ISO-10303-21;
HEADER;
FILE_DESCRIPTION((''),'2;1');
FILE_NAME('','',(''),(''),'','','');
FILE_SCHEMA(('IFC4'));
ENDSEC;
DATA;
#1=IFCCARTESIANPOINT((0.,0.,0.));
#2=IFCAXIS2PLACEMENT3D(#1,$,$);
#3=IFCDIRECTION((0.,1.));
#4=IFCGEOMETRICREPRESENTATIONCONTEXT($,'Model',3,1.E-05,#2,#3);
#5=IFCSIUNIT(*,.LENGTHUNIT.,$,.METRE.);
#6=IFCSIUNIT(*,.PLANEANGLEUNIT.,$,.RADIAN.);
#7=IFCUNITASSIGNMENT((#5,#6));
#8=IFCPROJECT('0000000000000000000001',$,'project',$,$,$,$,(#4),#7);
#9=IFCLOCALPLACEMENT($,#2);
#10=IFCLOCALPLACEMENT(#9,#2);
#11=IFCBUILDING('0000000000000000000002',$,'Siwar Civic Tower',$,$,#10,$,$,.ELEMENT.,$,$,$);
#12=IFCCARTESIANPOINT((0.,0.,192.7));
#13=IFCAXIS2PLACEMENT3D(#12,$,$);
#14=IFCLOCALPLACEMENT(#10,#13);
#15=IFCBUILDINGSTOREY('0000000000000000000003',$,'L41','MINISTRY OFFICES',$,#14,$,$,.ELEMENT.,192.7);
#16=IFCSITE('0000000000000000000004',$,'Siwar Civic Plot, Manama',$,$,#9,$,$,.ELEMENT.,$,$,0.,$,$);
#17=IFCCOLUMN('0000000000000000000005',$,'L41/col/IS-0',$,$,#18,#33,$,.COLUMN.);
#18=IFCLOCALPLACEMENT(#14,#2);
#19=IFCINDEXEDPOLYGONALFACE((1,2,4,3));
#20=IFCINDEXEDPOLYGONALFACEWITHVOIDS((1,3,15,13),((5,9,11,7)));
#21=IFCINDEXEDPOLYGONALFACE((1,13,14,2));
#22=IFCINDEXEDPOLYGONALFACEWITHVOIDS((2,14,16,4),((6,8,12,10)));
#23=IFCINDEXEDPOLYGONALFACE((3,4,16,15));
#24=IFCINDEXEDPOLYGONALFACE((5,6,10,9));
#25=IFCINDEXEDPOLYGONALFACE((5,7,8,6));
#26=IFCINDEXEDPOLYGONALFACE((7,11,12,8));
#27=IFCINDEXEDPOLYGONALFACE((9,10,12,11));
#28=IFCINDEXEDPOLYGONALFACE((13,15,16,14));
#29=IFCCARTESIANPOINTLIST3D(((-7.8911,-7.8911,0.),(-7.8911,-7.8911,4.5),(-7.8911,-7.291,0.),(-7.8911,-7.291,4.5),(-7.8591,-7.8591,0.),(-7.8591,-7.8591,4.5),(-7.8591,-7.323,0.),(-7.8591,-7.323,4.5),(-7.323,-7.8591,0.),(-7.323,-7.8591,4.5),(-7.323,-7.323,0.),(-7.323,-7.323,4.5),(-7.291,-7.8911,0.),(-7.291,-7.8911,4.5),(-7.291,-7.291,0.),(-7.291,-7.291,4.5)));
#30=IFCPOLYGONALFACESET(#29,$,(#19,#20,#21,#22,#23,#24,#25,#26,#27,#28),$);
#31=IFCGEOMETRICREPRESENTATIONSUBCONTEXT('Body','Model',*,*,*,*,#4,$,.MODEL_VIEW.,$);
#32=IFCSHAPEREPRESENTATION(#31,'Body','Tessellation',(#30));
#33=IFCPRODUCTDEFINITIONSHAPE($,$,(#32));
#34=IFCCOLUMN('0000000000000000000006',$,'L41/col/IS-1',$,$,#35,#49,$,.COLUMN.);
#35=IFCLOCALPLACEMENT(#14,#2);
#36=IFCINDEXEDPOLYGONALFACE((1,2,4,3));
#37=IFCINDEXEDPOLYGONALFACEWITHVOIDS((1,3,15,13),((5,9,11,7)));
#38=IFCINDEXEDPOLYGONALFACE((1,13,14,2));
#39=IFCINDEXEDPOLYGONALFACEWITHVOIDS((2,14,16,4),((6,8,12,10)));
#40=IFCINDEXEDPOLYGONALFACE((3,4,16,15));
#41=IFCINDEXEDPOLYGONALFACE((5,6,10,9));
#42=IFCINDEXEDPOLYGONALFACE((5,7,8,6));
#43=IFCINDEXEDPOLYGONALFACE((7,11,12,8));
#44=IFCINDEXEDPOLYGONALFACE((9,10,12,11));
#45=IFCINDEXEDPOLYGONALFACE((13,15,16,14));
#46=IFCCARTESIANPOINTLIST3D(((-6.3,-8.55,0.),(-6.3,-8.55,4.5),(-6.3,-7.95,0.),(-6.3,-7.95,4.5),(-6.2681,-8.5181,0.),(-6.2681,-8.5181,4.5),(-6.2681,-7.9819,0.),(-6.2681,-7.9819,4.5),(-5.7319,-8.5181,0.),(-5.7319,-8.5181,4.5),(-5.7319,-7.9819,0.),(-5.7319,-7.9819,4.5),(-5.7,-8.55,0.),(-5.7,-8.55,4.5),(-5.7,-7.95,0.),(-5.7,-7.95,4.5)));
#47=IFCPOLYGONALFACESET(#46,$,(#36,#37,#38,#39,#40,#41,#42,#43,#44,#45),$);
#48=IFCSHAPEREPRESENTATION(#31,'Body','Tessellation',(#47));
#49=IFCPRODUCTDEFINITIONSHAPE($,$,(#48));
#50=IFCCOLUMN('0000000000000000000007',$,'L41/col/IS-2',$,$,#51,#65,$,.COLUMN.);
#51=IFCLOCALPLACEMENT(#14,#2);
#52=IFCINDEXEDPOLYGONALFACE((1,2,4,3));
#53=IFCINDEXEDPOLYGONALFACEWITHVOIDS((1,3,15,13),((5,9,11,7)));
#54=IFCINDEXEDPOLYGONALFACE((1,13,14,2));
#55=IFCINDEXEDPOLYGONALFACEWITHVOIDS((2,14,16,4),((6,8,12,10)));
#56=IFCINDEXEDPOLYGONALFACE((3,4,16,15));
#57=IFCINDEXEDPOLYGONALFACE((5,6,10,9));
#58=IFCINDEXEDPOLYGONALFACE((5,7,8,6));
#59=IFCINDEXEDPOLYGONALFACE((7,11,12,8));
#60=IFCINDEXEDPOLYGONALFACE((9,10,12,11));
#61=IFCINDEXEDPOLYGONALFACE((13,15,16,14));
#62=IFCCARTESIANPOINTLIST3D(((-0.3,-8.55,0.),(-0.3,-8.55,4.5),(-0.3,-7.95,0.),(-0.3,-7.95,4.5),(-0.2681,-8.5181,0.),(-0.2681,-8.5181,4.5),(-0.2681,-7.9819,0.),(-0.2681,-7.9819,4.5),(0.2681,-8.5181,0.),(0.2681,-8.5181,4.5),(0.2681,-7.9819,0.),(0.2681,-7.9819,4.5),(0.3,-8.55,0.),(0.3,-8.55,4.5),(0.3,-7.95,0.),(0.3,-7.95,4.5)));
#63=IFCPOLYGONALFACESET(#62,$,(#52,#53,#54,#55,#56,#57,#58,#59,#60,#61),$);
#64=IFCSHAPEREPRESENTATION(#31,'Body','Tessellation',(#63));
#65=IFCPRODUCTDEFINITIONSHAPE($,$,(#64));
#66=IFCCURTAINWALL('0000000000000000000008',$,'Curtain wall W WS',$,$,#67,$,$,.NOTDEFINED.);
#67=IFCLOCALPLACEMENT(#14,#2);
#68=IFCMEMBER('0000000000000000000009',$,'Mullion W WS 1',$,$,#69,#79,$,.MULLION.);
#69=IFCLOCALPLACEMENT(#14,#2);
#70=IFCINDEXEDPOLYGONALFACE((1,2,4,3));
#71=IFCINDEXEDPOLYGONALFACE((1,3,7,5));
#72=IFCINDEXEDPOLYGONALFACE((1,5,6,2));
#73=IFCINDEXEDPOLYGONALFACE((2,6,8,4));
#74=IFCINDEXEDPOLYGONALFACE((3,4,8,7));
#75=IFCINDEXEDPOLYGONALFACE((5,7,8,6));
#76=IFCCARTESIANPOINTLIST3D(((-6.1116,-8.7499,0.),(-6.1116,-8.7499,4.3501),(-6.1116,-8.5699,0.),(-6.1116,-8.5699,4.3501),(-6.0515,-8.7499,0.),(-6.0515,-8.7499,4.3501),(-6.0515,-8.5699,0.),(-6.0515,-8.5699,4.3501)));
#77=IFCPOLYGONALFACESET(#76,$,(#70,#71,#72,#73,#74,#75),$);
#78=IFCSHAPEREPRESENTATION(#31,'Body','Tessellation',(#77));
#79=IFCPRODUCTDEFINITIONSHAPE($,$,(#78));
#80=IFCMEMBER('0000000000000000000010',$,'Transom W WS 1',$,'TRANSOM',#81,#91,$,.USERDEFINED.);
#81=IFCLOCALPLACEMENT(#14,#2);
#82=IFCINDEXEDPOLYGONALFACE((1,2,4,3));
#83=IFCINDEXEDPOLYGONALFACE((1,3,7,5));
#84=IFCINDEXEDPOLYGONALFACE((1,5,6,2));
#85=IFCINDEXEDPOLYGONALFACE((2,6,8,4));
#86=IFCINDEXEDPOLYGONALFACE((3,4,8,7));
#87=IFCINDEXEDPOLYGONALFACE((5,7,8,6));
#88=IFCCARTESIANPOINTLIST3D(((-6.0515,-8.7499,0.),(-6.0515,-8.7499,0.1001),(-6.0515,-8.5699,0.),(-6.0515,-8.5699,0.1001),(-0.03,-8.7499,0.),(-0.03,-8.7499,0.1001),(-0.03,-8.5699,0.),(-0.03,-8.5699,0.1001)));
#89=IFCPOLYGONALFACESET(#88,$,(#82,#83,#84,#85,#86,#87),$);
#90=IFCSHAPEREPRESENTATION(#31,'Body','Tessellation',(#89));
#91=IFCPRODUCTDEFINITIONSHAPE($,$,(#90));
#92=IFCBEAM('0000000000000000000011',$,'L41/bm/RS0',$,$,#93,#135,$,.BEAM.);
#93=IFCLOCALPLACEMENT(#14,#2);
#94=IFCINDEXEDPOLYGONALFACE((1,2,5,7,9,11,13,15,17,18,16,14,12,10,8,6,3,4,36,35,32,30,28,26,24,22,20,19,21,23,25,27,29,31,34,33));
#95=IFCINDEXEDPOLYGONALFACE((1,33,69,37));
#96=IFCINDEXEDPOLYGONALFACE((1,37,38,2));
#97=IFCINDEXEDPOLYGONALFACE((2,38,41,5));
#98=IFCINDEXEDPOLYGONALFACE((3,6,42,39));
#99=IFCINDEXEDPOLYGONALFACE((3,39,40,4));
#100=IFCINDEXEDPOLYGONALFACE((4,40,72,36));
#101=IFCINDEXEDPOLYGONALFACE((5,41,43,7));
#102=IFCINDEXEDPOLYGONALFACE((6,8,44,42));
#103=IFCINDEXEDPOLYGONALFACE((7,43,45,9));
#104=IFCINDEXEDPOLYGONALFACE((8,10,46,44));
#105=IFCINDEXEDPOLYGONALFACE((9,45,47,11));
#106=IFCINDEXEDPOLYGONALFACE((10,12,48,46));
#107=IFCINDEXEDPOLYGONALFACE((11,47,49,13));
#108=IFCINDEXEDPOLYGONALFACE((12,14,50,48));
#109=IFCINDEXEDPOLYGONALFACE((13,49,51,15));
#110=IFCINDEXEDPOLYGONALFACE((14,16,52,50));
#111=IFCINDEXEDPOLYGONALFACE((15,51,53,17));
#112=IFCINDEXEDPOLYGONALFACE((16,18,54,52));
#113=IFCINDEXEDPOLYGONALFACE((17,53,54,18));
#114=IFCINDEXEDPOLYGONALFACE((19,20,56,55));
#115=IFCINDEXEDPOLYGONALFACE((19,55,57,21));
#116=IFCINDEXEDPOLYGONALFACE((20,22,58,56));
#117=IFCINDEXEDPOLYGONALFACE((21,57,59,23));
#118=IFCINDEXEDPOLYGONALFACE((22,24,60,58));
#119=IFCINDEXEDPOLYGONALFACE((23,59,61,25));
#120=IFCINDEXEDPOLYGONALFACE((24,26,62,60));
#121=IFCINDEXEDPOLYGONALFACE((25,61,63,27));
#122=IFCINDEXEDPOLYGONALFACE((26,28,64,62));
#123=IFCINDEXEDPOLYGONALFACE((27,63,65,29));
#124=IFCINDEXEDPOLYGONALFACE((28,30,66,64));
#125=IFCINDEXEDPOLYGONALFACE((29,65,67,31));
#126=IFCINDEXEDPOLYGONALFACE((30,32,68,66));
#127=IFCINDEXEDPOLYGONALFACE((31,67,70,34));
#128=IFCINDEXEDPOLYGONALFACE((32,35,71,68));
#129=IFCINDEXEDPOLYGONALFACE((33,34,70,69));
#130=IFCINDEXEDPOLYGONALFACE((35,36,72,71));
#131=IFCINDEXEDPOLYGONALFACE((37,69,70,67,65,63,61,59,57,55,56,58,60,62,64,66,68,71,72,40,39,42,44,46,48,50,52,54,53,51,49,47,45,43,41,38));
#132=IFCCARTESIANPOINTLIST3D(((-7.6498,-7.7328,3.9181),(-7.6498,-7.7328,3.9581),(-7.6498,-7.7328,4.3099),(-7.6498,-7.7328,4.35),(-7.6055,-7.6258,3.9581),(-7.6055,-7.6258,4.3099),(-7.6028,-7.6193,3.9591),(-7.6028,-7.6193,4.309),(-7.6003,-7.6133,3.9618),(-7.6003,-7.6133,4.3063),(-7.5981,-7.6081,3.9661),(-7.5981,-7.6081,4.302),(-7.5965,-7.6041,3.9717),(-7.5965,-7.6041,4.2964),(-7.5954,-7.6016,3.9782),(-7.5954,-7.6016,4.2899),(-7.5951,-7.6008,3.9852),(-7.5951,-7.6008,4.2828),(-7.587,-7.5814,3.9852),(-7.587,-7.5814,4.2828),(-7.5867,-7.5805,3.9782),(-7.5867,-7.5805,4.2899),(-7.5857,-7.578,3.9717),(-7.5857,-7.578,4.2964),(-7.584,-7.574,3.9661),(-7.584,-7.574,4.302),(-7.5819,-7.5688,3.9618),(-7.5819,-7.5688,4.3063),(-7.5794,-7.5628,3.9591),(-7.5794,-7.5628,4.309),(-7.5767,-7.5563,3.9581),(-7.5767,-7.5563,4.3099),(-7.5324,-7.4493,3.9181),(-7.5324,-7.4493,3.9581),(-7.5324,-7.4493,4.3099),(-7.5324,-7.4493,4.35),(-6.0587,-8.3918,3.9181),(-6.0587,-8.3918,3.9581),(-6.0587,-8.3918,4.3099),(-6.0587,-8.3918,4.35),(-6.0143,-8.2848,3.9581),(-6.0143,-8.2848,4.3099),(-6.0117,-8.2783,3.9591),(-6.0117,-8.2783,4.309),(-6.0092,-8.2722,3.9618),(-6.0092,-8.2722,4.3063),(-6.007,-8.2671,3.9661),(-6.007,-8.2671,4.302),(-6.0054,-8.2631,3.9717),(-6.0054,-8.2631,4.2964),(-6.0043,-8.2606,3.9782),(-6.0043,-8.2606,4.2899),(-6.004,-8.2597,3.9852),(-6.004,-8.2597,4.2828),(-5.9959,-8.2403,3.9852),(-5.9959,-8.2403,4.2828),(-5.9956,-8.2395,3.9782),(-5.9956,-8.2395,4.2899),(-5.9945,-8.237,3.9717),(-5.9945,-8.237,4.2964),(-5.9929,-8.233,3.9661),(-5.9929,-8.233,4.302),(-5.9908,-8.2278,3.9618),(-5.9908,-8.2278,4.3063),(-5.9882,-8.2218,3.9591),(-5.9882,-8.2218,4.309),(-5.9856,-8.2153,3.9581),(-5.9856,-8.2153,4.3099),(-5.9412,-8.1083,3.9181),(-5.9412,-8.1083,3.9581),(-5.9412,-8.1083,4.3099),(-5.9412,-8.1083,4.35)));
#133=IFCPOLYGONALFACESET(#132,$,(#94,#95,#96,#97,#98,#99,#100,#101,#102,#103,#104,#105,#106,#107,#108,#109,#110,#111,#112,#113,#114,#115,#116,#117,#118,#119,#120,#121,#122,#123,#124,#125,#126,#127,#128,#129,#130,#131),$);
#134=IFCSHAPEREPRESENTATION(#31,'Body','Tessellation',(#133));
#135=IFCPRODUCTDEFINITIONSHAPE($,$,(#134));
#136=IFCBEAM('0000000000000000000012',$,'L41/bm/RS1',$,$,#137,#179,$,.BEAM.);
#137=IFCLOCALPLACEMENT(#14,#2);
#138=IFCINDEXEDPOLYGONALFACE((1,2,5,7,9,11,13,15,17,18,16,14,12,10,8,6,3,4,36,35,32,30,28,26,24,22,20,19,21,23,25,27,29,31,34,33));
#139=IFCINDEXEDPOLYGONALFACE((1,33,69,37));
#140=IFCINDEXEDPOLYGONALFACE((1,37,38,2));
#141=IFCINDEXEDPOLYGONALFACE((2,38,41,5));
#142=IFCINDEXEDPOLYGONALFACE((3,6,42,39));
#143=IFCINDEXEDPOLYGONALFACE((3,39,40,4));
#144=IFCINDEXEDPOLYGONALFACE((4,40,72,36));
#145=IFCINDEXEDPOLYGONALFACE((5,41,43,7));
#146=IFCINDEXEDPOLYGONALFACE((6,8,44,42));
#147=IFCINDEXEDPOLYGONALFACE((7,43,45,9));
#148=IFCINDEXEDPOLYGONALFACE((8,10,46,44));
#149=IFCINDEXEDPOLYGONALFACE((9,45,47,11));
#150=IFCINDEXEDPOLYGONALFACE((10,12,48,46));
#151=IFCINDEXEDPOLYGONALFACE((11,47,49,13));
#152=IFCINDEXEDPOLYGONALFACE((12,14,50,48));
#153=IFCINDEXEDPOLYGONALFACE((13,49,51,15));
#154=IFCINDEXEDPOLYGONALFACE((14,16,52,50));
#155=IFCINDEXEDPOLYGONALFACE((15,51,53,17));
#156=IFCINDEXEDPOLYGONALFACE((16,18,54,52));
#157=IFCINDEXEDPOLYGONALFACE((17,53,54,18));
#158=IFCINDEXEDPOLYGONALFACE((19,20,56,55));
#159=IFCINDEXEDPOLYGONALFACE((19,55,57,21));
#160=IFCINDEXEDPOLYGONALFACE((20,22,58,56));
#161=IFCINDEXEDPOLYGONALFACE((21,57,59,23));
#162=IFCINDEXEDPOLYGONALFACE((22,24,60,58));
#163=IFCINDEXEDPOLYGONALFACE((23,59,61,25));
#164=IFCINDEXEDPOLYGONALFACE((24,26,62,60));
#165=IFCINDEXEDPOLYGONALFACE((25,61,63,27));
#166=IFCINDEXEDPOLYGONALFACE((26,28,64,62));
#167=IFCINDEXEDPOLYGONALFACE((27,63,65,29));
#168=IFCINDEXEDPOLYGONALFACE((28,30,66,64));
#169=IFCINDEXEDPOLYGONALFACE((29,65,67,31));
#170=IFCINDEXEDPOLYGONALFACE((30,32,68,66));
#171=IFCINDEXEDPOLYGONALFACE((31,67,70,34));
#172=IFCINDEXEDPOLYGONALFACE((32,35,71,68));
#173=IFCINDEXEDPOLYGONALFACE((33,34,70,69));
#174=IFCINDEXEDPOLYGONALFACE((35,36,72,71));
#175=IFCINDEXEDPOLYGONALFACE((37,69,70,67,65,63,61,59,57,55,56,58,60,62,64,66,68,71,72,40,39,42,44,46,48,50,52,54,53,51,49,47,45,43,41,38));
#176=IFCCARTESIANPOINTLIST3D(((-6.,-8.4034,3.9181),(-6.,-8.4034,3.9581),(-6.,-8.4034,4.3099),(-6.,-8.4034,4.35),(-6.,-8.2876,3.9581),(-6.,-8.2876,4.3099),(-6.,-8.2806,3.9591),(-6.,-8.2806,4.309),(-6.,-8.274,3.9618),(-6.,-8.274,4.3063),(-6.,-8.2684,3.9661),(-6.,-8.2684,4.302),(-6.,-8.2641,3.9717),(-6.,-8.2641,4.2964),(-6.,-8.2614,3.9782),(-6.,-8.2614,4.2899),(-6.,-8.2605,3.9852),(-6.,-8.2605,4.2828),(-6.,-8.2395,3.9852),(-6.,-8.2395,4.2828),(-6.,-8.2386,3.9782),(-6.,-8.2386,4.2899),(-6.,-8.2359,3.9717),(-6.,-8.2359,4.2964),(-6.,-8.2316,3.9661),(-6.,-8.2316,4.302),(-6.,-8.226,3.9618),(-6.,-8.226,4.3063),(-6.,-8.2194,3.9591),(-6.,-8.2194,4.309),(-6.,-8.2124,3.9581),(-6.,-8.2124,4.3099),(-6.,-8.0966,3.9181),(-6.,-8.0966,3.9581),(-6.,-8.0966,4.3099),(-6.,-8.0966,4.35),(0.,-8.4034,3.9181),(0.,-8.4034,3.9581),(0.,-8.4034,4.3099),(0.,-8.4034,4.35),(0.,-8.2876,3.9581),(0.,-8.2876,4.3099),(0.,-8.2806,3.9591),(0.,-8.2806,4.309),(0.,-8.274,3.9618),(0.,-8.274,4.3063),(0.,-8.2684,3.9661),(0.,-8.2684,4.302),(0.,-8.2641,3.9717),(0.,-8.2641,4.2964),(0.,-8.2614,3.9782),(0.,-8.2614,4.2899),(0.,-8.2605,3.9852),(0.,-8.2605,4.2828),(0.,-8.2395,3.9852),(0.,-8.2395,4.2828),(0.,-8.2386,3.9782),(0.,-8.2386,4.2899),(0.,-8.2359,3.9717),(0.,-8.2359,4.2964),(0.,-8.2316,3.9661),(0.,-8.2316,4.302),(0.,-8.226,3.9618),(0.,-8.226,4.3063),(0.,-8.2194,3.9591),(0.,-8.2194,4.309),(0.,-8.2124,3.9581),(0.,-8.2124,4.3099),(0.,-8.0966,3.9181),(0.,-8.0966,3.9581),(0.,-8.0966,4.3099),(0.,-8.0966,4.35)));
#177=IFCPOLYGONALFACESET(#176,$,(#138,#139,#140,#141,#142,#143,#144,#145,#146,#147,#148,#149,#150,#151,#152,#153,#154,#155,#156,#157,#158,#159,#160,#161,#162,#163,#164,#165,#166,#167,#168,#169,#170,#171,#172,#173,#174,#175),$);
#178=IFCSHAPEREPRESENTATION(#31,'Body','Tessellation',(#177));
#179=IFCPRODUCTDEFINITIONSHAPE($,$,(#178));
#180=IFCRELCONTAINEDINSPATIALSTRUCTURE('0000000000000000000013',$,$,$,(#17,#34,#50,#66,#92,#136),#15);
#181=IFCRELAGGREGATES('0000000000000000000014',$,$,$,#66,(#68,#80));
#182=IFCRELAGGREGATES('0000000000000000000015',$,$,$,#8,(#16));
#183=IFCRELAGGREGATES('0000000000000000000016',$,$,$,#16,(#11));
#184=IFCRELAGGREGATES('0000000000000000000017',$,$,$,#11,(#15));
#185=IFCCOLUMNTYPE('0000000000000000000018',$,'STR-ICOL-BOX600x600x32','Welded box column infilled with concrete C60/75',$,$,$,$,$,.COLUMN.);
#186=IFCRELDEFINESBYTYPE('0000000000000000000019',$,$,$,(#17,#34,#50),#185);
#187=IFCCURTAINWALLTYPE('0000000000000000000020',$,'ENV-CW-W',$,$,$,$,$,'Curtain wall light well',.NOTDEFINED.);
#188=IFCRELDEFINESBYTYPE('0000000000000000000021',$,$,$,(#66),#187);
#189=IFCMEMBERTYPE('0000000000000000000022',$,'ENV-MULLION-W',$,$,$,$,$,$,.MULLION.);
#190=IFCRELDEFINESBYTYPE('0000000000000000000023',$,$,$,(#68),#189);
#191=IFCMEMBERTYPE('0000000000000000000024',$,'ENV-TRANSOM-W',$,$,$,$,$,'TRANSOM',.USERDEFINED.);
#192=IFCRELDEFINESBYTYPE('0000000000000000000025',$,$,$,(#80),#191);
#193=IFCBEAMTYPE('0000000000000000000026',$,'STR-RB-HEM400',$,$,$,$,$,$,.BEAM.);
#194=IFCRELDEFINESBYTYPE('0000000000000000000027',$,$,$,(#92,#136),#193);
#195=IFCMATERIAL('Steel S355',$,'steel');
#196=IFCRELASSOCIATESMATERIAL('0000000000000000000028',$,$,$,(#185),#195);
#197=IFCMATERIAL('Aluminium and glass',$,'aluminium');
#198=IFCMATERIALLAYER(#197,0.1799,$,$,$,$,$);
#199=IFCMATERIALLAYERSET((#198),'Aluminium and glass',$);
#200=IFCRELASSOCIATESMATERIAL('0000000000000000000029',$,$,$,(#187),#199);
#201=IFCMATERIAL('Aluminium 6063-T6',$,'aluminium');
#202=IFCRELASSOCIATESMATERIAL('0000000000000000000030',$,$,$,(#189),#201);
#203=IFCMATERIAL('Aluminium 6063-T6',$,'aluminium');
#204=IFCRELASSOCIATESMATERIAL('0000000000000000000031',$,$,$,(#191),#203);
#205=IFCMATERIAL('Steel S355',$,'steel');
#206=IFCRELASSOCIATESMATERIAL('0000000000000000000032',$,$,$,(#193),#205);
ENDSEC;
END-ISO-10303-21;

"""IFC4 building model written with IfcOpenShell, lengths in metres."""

from ifc_helpers import new_model, si_unit, direction, frame, origin, origin_2d, place, context, subcontext, project, spatial, rectangle, hollow_rectangle, i_section, extrude, material, layer, layer_set, material_profile, profile_set, type_object, element, aggregate, save


model = new_model("IFC4")

# Units and contexts
model_context = context("Model", 3, precision=1e-05, world=origin(), true_north=direction((0.0, 1.0)))
body_context = subcontext(model_context, "Body", "Model", "MODEL_VIEW")
ifc_project = project(units=[si_unit("LENGTHUNIT", "METRE"), si_unit("PLANEANGLEUNIT", "RADIAN")], contexts=[model_context])

# Site, building, storey
site_placement = place(None, origin())
site = spatial("IfcSite", under=ifc_project, at=site_placement, Name="Siwar Civic Plot, Manama", CompositionType="ELEMENT", RefElevation=0.0)
building_placement = place(site_placement, origin())
building = spatial("IfcBuilding", under=site, at=building_placement, Name="Siwar Civic Tower", CompositionType="ELEMENT")
storey_placement = place(building_placement, frame((0.0, 0.0, 192.7)))
storey = spatial("IfcBuildingStorey", under=building, at=storey_placement, Name="L41", Description="MINISTRY OFFICES", CompositionType="ELEMENT", Elevation=192.7)

# Columns
ifc_material_1 = material(Name="Steel S355", Category="steel")
ifc_material_profile_1 = material_profile(ifc_material_1, hollow_rectangle(XDim=0.6001, YDim=0.6001, WallThickness=0.032, at=origin_2d()), Name="BOX600x600x32")
ifc_profile_set_1 = profile_set([ifc_material_profile_1], Name="Steel S355")
column_type = type_object("IfcColumnType", Name="STR-ICOL-BOX600x600x32", Description="Welded box column infilled with concrete C60/75", PredefinedType="COLUMN", material=ifc_profile_set_1)
for number, where, z_axis, x_axis, name in (
    (1, (-7.5911, -7.5911, 0.0), (0.0, 0.0, 1.0), (1.0, 0.0, 0.0), "L41/col/IS-0"),
    (2, (-6.0, -8.25, 0.0), (0.0, 0.0, 1.0), (1.0, 0.0, 0.0), "L41/col/IS-1"),
    (3, (0.0, -8.25, 0.0), (0.0, 0.0, 1.0), (1.0, 0.0, 0.0), "L41/col/IS-2"),
):
    element("IfcColumn", number, at=place(storey_placement, frame(where, z_axis=z_axis, x_axis=x_axis)), inside=storey, type_object=column_type, Name=name, PredefinedType="COLUMN", context=body_context, shape_type="SweptSolid", body=[
        extrude(hollow_rectangle(XDim=0.6001, YDim=0.6001, WallThickness=0.032, at=origin_2d()), origin(), (0.0, 0.0, 1.0), 4.5),
    ])

# Curtain wall, members
ifc_material_2 = material(Name="Aluminium and glass", Category="aluminium")
ifc_layer_1 = layer(ifc_material_2, 0.1799)
ifc_layer_set_1 = layer_set([ifc_layer_1], Name="Aluminium and glass")
curtain_wall_type = type_object("IfcCurtainWallType", Name="ENV-CW-W", ElementType="Curtain wall light well", PredefinedType="NOTDEFINED", material=ifc_layer_set_1)
curtain_wall_placement = place(storey_placement, origin())
curtain_wall = element("IfcCurtainWall", 4, at=curtain_wall_placement, inside=storey, type_object=curtain_wall_type, Name="Curtain wall W WS", PredefinedType="NOTDEFINED")
ifc_material_3 = material(Name="Aluminium 6063-T6", Category="aluminium")
ifc_material_profile_2 = material_profile(ifc_material_3, rectangle(XDim=0.1799, YDim=0.0601, at=origin_2d()), Name="AL 180x60")
ifc_profile_set_2 = profile_set([ifc_material_profile_2], Name="Aluminium 6063-T6")
member_type_1 = type_object("IfcMemberType", Name="ENV-MULLION-W", PredefinedType="MULLION", material=ifc_profile_set_2)
member_1_placement = place(storey_placement, frame((-6.0815, -8.6599, 0.0), z_axis=(0.0, 0.0, 1.0), x_axis=(0.0, 1.0, 0.0)))
member_1 = element("IfcMember", 5, at=member_1_placement, type_object=member_type_1, Name="Mullion W WS 1", PredefinedType="MULLION", context=body_context, shape_type="SweptSolid", body=[
    extrude(rectangle(XDim=0.1799, YDim=0.0601, at=origin_2d()), origin(), (0.0, 0.0, 1.0), 4.3501),
])
ifc_material_4 = material(Name="Aluminium 6063-T6", Category="aluminium")
ifc_material_profile_3 = material_profile(ifc_material_4, rectangle(XDim=0.1799, YDim=0.1001, at=origin_2d()), Name="AL 180x100")
ifc_profile_set_3 = profile_set([ifc_material_profile_3], Name="Aluminium 6063-T6")
member_type_2 = type_object("IfcMemberType", Name="ENV-TRANSOM-W", ElementType="TRANSOM", PredefinedType="USERDEFINED", material=ifc_profile_set_3)
member_2_placement = place(storey_placement, frame((-6.0515, -8.6599, 0.05), z_axis=(1.0, 0.0, 0.0), x_axis=(0.0, 1.0, 0.0)))
member_2 = element("IfcMember", 6, at=member_2_placement, type_object=member_type_2, Name="Transom W WS 1", ObjectType="TRANSOM", PredefinedType="USERDEFINED", context=body_context, shape_type="SweptSolid", body=[
    extrude(rectangle(XDim=0.1799, YDim=0.1001, at=origin_2d()), origin(), (0.0, 0.0, 1.0), 6.0215),
])

# Beams
ifc_material_5 = material(Name="Steel S355", Category="steel")
ifc_material_profile_4 = material_profile(ifc_material_5, i_section(OverallWidth=0.3069, OverallDepth=0.4319, WebThickness=0.021, FlangeThickness=0.04, FilletRadius=0.0271, at=origin_2d()), Name="HEM400")
ifc_profile_set_4 = profile_set([ifc_material_profile_4], Name="Steel S355")
beam_type = type_object("IfcBeamType", Name="STR-RB-HEM400", PredefinedType="BEAM", material=ifc_profile_set_4)
beam_1_placement = place(storey_placement, frame((-7.5911, -7.5911, 4.134), z_axis=(0.923901, -0.382631, 0.0), x_axis=(0.382631, 0.923901, 0.0)))
element("IfcBeam", 7, at=beam_1_placement, inside=storey, type_object=beam_type, Name="L41/bm/RS0", PredefinedType="BEAM", context=body_context, shape_type="SweptSolid", body=[
    extrude(i_section(OverallWidth=0.3069, OverallDepth=0.4319, WebThickness=0.021, FlangeThickness=0.04, FilletRadius=0.0271, at=origin_2d()), origin(), (0.0, 0.0, 1.0), 1.7222),
])
for number, where, z_axis, x_axis, name in (
    (8, (-6.0, -8.25, 4.134), (1.0, 0.0, 0.0), (0.0, 1.0, 0.0), "L41/bm/RS1"),
):
    element("IfcBeam", number, at=place(storey_placement, frame(where, z_axis=z_axis, x_axis=x_axis)), inside=storey, type_object=beam_type, Name=name, PredefinedType="BEAM", context=body_context, shape_type="SweptSolid", body=[
        extrude(i_section(OverallWidth=0.3069, OverallDepth=0.4319, WebThickness=0.021, FlangeThickness=0.04, FilletRadius=0.0271, at=origin_2d()), origin(), (0.0, 0.0, 1.0), 6.0),
    ])

aggregate(curtain_wall, [member_1, member_2])

save(model, "model.ifc")
